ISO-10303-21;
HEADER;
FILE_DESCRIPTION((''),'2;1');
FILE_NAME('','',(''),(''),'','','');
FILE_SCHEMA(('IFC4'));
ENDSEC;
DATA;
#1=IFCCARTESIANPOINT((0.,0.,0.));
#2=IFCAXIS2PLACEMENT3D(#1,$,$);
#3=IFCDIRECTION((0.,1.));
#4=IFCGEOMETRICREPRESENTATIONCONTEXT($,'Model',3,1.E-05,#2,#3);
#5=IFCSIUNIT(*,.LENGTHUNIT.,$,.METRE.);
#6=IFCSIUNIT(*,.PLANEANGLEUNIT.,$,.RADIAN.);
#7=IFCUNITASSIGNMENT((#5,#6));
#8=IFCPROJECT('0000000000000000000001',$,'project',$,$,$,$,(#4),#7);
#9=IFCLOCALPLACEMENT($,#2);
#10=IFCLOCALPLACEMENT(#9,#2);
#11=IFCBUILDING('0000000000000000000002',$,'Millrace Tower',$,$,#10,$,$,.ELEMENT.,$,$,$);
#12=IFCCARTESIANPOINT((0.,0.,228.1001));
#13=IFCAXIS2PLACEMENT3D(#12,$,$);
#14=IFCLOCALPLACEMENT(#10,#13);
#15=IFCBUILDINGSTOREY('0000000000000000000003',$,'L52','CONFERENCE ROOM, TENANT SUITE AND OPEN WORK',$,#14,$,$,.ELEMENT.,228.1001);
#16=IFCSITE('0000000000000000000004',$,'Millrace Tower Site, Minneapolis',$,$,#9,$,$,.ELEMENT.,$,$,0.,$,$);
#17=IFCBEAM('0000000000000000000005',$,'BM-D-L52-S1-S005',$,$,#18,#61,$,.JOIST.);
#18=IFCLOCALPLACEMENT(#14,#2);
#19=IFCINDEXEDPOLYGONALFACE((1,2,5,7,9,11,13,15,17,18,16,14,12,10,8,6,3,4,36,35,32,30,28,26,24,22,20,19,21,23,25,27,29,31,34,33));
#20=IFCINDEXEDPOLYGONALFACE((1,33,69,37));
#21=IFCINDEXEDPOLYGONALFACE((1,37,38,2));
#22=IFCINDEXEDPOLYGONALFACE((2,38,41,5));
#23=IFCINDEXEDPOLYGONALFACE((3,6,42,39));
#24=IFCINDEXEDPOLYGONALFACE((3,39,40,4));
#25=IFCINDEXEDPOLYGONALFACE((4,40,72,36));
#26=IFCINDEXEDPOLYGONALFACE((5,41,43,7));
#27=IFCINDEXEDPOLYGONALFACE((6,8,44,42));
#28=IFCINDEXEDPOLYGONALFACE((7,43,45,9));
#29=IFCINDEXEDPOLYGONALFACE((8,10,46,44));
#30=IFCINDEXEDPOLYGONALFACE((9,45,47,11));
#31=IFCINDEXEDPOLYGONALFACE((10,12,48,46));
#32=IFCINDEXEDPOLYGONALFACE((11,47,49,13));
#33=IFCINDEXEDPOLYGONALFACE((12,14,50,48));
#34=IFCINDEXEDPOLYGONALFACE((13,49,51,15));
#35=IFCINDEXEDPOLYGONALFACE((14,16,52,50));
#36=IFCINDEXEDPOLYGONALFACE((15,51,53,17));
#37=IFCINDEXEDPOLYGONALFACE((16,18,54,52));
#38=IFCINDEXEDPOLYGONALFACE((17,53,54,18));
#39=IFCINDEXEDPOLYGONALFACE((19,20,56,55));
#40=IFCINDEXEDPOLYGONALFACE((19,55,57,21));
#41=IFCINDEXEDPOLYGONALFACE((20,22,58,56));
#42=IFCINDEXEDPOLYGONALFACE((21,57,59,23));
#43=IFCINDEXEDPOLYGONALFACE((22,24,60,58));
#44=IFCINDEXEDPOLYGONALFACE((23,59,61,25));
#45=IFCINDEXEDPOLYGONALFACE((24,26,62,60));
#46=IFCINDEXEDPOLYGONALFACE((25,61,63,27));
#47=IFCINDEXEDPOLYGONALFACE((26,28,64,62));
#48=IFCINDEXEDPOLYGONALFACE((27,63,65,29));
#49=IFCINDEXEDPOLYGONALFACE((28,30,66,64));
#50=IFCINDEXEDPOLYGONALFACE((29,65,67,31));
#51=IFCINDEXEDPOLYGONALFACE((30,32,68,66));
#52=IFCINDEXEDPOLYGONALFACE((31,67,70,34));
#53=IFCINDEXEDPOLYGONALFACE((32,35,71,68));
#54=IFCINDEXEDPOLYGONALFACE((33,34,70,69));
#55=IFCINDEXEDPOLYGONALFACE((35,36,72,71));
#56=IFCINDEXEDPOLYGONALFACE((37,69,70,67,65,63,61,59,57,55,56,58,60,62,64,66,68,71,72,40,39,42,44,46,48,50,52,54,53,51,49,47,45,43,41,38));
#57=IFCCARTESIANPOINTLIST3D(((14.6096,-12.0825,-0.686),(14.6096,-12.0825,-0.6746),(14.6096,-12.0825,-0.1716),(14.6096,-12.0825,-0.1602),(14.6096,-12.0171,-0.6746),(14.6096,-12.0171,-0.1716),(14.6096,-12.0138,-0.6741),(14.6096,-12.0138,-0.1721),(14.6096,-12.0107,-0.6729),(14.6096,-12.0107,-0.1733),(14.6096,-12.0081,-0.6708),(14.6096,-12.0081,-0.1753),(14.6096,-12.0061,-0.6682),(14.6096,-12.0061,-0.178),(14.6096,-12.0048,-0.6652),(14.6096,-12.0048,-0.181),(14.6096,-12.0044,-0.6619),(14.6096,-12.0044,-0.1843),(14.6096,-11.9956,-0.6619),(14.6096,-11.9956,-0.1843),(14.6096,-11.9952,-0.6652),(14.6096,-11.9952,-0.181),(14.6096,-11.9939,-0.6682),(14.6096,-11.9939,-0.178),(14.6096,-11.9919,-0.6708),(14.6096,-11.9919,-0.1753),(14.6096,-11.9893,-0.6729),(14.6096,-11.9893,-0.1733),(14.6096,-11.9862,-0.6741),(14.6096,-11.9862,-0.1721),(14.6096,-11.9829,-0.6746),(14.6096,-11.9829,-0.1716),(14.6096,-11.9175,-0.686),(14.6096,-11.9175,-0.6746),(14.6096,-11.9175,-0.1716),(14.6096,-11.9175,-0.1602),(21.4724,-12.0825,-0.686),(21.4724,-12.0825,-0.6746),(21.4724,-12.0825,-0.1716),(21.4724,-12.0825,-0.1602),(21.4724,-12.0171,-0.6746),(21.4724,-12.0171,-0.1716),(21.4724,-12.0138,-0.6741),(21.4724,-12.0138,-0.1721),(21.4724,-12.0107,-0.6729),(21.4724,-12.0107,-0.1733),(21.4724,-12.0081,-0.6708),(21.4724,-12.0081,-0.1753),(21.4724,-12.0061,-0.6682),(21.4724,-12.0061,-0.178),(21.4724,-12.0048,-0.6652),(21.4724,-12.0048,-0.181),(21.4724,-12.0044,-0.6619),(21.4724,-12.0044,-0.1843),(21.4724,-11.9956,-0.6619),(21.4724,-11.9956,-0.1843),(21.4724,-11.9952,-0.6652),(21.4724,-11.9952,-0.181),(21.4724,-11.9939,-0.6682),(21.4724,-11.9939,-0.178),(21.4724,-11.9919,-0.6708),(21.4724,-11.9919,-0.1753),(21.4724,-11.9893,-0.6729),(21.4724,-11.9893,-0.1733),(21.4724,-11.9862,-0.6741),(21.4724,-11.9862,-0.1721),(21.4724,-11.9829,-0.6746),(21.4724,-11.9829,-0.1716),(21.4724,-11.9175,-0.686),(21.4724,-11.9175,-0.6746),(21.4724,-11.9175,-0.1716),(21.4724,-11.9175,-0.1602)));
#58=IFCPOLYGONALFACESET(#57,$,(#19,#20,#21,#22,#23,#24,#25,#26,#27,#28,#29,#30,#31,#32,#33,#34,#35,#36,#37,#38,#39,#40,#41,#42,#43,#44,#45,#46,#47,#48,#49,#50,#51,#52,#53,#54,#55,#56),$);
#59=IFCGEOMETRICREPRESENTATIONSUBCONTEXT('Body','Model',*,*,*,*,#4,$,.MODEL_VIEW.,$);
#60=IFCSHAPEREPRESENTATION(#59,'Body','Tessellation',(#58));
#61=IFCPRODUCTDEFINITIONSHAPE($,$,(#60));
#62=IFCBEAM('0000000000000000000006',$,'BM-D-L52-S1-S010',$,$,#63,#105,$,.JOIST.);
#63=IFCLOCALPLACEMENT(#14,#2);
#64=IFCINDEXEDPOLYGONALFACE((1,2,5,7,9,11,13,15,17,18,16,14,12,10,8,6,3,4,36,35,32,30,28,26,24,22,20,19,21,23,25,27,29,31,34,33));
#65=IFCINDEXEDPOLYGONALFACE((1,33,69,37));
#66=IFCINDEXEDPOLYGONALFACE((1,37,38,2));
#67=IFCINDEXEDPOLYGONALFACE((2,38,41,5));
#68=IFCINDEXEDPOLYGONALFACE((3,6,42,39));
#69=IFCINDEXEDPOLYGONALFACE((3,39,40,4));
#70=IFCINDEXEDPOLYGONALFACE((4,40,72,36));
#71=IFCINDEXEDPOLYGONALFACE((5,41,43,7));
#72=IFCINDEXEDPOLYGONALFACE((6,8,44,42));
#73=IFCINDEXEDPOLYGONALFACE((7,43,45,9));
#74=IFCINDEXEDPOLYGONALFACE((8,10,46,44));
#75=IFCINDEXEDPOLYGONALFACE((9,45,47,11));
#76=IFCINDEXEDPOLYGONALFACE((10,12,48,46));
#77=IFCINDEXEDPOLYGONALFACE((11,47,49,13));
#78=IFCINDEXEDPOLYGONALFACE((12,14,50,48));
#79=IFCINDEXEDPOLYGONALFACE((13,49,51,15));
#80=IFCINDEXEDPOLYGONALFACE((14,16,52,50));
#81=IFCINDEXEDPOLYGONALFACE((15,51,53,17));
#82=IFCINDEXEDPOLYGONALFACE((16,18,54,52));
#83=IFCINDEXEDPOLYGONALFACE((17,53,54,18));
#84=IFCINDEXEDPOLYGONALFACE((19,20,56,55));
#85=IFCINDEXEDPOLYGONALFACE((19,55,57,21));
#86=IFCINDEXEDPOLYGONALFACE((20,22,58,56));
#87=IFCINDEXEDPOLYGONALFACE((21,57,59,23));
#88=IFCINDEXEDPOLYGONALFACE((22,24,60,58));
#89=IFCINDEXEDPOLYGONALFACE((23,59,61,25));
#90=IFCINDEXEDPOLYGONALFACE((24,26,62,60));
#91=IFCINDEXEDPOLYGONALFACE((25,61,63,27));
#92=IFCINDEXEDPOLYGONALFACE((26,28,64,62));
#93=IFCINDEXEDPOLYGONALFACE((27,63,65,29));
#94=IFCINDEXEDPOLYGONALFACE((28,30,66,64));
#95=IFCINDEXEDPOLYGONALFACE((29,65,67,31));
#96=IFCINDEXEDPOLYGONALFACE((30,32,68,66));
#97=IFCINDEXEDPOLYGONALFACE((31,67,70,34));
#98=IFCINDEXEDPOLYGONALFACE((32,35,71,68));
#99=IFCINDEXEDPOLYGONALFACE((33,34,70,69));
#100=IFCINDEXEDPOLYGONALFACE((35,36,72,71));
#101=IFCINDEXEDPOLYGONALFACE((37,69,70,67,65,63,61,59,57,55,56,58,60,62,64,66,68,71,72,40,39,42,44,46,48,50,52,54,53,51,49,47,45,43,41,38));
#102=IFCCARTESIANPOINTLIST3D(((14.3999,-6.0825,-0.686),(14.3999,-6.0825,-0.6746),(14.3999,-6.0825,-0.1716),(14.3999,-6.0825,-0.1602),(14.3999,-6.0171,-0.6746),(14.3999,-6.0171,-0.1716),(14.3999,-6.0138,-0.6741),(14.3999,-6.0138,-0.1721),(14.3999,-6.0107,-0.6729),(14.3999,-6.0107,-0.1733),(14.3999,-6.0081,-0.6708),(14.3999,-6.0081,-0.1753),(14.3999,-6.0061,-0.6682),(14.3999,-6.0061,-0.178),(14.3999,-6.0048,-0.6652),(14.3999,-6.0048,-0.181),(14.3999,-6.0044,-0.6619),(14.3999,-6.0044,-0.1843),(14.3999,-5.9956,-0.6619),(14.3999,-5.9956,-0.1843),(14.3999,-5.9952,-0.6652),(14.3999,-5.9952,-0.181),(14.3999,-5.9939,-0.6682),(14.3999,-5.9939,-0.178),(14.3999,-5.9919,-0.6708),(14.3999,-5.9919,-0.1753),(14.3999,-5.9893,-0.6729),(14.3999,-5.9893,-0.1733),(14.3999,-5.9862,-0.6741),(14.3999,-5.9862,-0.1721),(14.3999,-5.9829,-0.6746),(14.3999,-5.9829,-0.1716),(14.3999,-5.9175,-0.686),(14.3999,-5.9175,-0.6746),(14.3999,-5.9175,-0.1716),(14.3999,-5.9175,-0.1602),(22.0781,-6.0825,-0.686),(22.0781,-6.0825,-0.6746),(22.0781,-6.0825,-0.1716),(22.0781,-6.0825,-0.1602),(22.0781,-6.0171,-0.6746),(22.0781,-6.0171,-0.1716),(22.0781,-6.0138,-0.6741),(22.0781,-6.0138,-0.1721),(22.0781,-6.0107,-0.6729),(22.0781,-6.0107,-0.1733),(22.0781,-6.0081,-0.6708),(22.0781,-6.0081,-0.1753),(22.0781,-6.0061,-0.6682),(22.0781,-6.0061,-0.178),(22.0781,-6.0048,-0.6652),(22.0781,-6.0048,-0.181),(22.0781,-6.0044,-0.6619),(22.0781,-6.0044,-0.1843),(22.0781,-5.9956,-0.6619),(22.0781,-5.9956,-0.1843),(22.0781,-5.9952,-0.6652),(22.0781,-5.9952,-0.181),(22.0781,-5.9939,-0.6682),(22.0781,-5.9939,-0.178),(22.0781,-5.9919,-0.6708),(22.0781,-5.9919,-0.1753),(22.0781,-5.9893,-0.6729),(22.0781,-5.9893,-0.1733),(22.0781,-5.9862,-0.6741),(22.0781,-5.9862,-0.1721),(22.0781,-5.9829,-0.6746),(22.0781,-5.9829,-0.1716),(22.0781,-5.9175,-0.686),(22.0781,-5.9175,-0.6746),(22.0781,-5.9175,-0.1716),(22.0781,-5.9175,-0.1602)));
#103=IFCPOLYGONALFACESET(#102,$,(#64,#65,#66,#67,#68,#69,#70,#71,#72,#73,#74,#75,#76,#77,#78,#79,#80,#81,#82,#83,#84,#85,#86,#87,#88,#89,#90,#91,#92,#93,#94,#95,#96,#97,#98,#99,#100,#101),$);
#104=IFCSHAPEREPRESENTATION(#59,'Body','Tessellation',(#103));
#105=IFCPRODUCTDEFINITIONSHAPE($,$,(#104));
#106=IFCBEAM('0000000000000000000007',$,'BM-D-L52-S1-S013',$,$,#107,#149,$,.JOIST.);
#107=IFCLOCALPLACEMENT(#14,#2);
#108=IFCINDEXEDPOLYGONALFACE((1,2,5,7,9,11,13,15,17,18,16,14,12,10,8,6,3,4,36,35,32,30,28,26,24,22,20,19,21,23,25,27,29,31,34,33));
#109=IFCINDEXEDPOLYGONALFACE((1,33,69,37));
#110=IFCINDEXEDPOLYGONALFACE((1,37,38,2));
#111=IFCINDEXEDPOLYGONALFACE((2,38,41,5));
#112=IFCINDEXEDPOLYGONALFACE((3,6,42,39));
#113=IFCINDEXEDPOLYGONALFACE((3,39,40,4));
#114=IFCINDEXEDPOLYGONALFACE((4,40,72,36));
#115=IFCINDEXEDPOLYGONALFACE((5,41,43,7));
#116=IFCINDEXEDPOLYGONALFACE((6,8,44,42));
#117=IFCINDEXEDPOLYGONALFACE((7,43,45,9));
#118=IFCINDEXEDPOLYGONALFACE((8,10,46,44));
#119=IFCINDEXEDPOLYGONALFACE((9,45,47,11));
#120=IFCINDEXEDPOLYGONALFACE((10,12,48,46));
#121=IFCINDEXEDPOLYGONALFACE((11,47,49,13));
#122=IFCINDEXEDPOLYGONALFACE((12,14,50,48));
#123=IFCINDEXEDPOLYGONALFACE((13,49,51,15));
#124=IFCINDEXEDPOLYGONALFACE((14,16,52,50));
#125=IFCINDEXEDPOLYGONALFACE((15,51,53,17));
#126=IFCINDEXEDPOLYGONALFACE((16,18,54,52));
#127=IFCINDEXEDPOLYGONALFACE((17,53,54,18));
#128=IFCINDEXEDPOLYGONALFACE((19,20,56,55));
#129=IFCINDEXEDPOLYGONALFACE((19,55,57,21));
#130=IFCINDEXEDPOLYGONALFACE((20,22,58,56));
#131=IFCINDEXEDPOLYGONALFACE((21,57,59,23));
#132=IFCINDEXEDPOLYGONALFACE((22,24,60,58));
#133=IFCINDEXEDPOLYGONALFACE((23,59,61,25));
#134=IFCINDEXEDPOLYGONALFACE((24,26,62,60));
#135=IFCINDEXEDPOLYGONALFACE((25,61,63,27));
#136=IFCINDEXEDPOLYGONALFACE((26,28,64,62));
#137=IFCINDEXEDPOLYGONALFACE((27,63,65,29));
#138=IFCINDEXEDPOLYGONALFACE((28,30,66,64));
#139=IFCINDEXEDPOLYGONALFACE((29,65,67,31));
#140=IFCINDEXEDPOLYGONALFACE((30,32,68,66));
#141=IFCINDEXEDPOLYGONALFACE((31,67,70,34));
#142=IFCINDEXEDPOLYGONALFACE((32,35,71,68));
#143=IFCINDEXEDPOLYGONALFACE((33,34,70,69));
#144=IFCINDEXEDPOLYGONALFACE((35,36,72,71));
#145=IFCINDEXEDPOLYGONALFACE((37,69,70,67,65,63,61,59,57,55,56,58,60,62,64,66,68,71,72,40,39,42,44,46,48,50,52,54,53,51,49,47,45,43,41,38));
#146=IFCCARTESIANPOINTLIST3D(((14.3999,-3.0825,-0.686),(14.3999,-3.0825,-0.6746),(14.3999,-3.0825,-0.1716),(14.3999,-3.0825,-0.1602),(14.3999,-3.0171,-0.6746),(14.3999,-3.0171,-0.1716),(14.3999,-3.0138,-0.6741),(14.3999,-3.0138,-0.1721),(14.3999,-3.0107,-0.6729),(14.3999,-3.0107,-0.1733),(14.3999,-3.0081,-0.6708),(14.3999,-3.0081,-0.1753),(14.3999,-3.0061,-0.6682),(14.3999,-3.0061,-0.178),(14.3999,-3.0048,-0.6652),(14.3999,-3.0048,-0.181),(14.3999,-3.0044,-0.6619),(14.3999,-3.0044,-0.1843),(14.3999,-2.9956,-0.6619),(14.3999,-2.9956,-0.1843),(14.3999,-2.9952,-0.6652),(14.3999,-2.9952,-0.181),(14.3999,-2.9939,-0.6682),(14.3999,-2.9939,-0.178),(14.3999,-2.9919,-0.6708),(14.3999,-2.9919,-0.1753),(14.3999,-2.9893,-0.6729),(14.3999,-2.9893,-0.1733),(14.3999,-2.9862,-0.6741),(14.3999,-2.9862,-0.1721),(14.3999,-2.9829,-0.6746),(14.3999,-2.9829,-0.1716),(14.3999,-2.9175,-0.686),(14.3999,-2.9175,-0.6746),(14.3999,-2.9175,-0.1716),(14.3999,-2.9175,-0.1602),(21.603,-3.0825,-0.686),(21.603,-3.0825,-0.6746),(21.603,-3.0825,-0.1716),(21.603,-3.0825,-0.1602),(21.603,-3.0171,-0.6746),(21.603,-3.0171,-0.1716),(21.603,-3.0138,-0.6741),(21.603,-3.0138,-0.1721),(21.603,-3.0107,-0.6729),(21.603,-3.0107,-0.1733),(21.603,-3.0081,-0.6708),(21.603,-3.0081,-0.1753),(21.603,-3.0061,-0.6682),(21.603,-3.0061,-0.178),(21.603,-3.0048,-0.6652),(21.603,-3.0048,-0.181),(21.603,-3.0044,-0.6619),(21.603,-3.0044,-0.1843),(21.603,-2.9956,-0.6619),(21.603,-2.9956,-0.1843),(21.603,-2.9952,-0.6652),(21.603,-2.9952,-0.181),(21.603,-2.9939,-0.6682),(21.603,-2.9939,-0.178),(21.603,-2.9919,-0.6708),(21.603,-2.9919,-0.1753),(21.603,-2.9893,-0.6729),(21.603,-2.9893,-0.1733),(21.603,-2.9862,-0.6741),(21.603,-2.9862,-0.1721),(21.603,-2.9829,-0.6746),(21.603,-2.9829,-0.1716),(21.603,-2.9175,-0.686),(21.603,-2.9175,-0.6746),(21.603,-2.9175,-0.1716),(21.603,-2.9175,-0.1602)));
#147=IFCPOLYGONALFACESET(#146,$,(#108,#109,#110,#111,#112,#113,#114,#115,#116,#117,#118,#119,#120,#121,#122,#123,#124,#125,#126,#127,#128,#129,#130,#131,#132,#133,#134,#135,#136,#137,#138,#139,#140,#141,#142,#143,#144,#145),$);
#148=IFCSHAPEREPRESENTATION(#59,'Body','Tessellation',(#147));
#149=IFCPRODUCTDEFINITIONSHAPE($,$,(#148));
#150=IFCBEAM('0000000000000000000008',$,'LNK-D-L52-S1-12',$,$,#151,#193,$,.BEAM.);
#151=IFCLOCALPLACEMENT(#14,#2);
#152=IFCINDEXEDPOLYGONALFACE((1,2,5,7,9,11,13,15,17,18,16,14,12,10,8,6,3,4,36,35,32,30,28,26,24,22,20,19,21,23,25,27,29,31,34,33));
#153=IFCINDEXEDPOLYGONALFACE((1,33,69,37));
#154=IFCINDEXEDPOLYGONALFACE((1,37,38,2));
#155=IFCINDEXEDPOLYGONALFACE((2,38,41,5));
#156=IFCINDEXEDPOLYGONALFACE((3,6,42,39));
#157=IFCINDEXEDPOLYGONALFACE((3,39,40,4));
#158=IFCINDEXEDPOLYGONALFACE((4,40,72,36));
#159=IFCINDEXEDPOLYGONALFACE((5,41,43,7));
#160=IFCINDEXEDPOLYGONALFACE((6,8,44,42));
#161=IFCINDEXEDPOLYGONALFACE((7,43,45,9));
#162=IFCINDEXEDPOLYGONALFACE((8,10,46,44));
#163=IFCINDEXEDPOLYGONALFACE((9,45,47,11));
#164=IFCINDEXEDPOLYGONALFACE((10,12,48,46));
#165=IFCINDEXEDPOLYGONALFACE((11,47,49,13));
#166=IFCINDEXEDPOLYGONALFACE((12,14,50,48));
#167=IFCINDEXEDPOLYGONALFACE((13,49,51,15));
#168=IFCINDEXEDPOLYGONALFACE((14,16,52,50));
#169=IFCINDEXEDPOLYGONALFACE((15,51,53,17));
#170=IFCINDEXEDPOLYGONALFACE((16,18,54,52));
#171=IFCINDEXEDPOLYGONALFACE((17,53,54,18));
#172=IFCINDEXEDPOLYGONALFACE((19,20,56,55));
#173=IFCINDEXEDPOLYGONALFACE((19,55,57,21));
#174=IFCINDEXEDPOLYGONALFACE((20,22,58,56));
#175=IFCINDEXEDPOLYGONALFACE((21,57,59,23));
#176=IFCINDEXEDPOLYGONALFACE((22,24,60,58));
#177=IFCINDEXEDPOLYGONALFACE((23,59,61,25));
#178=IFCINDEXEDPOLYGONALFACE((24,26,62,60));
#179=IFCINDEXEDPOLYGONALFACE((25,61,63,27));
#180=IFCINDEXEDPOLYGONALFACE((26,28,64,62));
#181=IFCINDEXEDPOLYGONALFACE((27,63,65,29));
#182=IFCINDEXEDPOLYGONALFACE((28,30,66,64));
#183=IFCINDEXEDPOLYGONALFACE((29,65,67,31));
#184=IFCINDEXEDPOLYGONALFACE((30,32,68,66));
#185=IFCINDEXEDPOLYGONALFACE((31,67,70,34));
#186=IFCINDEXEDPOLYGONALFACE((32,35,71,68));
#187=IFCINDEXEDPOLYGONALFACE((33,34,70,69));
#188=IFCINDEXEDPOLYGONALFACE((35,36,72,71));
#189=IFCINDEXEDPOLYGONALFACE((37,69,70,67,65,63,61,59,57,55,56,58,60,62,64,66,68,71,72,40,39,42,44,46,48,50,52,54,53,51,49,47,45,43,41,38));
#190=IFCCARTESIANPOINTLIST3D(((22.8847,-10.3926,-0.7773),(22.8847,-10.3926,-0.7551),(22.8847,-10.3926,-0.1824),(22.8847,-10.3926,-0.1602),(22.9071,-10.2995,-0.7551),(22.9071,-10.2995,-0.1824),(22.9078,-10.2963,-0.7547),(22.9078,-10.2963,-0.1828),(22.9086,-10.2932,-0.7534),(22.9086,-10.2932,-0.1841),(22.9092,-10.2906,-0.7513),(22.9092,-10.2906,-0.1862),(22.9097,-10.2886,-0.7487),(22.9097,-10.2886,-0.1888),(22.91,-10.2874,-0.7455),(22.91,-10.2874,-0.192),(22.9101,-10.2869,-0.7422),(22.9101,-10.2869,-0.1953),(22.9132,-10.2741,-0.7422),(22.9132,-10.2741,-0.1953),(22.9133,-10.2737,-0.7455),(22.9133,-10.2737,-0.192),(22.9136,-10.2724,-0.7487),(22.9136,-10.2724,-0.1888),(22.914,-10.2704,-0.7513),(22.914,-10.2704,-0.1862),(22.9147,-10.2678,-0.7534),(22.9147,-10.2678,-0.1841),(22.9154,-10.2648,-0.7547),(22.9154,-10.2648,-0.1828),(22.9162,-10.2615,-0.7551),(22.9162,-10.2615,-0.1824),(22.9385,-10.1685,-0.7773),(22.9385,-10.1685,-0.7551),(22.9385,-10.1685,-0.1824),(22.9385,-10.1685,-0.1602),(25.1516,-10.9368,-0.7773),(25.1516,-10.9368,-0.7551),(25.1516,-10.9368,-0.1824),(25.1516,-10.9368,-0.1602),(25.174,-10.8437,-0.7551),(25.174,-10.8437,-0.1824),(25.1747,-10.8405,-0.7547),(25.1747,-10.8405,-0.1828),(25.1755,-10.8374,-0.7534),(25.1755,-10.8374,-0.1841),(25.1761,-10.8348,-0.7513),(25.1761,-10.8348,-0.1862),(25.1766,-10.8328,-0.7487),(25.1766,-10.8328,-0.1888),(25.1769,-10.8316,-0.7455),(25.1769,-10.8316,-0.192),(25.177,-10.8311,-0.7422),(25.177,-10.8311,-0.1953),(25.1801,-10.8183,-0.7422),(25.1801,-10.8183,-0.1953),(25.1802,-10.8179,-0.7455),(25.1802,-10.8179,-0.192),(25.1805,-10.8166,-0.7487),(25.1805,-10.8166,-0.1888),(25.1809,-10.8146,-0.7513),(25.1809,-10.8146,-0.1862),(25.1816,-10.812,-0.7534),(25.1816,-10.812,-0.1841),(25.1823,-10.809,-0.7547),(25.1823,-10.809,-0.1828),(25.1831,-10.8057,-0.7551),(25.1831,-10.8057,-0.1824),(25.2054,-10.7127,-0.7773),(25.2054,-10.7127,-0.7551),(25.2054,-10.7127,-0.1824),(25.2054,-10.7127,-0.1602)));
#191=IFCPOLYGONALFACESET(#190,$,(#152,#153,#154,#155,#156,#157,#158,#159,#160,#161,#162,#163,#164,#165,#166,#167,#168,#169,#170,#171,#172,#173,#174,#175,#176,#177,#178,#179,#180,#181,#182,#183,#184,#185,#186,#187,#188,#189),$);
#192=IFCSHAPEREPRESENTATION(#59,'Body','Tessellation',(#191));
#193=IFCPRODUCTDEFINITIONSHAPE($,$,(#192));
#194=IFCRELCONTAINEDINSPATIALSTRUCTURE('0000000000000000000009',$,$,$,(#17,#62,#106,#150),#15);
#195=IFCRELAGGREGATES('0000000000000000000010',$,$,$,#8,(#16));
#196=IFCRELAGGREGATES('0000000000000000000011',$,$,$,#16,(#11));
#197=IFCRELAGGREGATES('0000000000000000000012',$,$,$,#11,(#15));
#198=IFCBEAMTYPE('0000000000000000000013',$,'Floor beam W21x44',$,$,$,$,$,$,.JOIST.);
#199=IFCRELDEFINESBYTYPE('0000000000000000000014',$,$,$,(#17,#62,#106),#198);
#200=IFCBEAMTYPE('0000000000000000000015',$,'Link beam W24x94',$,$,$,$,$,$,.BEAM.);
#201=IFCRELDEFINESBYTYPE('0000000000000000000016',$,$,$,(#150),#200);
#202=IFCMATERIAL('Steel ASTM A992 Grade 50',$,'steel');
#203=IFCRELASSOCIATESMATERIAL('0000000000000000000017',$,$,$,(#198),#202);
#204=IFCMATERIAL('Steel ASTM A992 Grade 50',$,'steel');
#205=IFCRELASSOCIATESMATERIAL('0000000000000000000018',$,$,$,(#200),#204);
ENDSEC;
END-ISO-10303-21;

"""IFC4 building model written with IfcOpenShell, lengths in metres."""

from ifc_helpers import new_model, si_unit, direction, frame, origin, origin_2d, place, context, subcontext, project, spatial, i_section, extrude, material, material_profile, profile_set, type_object, element, save


model = new_model("IFC4")

# Units and contexts
model_context = context("Model", 3, precision=1e-05, world=origin(), true_north=direction((0.0, 1.0)))
body_context = subcontext(model_context, "Body", "Model", "MODEL_VIEW")
ifc_project = project(units=[si_unit("LENGTHUNIT", "METRE"), si_unit("PLANEANGLEUNIT", "RADIAN")], contexts=[model_context])

# Site, building, storey
site_placement = place(None, origin())
site = spatial("IfcSite", under=ifc_project, at=site_placement, Name="Millrace Tower Site, Minneapolis", CompositionType="ELEMENT", RefElevation=0.0)
building_placement = place(site_placement, origin())
building = spatial("IfcBuilding", under=site, at=building_placement, Name="Millrace Tower", CompositionType="ELEMENT")
storey_placement = place(building_placement, frame((0.0, 0.0, 228.1001)))
storey = spatial("IfcBuildingStorey", under=building, at=storey_placement, Name="L52", Description="CONFERENCE ROOM, TENANT SUITE AND OPEN WORK", CompositionType="ELEMENT", Elevation=228.1001)

# Beams
ifc_material_1 = material(Name="Steel ASTM A992 Grade 50", Category="steel")
ifc_material_profile_1 = material_profile(ifc_material_1, i_section(OverallWidth=0.165, OverallDepth=0.5259, WebThickness=0.0088, FlangeThickness=0.0115, FilletRadius=0.0127, at=origin_2d()))
ifc_profile_set_1 = profile_set([ifc_material_profile_1], Name="Steel ASTM A992 Grade 50")
beam_type_1 = type_object("IfcBeamType", Name="Floor beam W21x44", PredefinedType="JOIST", material=ifc_profile_set_1)
beam_1_placement = place(storey_placement, frame((14.6096, -12.0, -0.4231), z_axis=(1.0, 0.0, 0.0), x_axis=(0.0, 1.0, 0.0)))
element("IfcBeam", 1, at=beam_1_placement, inside=storey, type_object=beam_type_1, Name="BM-D-L52-S1-S005", PredefinedType="JOIST", context=body_context, shape_type="SweptSolid", body=[
    extrude(i_section(OverallWidth=0.165, OverallDepth=0.5259, WebThickness=0.0088, FlangeThickness=0.0115, FilletRadius=0.0127, at=origin_2d()), origin(), (0.0, 0.0, 1.0), 6.8628),
])
beam_2_placement = place(storey_placement, frame((14.3999, -6.0, -0.4231), z_axis=(1.0, 0.0, 0.0), x_axis=(0.0, 1.0, 0.0)))
element("IfcBeam", 2, at=beam_2_placement, inside=storey, type_object=beam_type_1, Name="BM-D-L52-S1-S010", PredefinedType="JOIST", context=body_context, shape_type="SweptSolid", body=[
    extrude(i_section(OverallWidth=0.165, OverallDepth=0.5259, WebThickness=0.0088, FlangeThickness=0.0115, FilletRadius=0.0127, at=origin_2d()), origin(), (0.0, 0.0, 1.0), 7.6782),
])
beam_3_placement = place(storey_placement, frame((14.3999, -3.0, -0.4231), z_axis=(1.0, 0.0, 0.0), x_axis=(0.0, 1.0, 0.0)))
element("IfcBeam", 3, at=beam_3_placement, inside=storey, type_object=beam_type_1, Name="BM-D-L52-S1-S013", PredefinedType="JOIST", context=body_context, shape_type="SweptSolid", body=[
    extrude(i_section(OverallWidth=0.165, OverallDepth=0.5259, WebThickness=0.0088, FlangeThickness=0.0115, FilletRadius=0.0127, at=origin_2d()), origin(), (0.0, 0.0, 1.0), 7.2031),
])
ifc_material_2 = material(Name="Steel ASTM A992 Grade 50", Category="steel")
ifc_material_profile_2 = material_profile(ifc_material_2, i_section(OverallWidth=0.2305, OverallDepth=0.6172, WebThickness=0.0132, FlangeThickness=0.0222, FilletRadius=0.0129, at=origin_2d()))
ifc_profile_set_2 = profile_set([ifc_material_profile_2], Name="Steel ASTM A992 Grade 50")
beam_type_2 = type_object("IfcBeamType", Name="Link beam W24x94", PredefinedType="BEAM", material=ifc_profile_set_2)
beam_4_placement = place(storey_placement, frame((22.9116, -10.2805, -0.4688), z_axis=(0.972373, -0.233432, 0.0), x_axis=(0.233432, 0.972373, 0.0)))
element("IfcBeam", 4, at=beam_4_placement, inside=storey, type_object=beam_type_2, Name="LNK-D-L52-S1-12", PredefinedType="BEAM", context=body_context, shape_type="SweptSolid", body=[
    extrude(i_section(OverallWidth=0.2305, OverallDepth=0.6172, WebThickness=0.0132, FlangeThickness=0.0222, FilletRadius=0.0129, at=origin_2d()), origin(), (0.0, 0.0, 1.0), 2.3313),
])

save(model, "model.ifc")
